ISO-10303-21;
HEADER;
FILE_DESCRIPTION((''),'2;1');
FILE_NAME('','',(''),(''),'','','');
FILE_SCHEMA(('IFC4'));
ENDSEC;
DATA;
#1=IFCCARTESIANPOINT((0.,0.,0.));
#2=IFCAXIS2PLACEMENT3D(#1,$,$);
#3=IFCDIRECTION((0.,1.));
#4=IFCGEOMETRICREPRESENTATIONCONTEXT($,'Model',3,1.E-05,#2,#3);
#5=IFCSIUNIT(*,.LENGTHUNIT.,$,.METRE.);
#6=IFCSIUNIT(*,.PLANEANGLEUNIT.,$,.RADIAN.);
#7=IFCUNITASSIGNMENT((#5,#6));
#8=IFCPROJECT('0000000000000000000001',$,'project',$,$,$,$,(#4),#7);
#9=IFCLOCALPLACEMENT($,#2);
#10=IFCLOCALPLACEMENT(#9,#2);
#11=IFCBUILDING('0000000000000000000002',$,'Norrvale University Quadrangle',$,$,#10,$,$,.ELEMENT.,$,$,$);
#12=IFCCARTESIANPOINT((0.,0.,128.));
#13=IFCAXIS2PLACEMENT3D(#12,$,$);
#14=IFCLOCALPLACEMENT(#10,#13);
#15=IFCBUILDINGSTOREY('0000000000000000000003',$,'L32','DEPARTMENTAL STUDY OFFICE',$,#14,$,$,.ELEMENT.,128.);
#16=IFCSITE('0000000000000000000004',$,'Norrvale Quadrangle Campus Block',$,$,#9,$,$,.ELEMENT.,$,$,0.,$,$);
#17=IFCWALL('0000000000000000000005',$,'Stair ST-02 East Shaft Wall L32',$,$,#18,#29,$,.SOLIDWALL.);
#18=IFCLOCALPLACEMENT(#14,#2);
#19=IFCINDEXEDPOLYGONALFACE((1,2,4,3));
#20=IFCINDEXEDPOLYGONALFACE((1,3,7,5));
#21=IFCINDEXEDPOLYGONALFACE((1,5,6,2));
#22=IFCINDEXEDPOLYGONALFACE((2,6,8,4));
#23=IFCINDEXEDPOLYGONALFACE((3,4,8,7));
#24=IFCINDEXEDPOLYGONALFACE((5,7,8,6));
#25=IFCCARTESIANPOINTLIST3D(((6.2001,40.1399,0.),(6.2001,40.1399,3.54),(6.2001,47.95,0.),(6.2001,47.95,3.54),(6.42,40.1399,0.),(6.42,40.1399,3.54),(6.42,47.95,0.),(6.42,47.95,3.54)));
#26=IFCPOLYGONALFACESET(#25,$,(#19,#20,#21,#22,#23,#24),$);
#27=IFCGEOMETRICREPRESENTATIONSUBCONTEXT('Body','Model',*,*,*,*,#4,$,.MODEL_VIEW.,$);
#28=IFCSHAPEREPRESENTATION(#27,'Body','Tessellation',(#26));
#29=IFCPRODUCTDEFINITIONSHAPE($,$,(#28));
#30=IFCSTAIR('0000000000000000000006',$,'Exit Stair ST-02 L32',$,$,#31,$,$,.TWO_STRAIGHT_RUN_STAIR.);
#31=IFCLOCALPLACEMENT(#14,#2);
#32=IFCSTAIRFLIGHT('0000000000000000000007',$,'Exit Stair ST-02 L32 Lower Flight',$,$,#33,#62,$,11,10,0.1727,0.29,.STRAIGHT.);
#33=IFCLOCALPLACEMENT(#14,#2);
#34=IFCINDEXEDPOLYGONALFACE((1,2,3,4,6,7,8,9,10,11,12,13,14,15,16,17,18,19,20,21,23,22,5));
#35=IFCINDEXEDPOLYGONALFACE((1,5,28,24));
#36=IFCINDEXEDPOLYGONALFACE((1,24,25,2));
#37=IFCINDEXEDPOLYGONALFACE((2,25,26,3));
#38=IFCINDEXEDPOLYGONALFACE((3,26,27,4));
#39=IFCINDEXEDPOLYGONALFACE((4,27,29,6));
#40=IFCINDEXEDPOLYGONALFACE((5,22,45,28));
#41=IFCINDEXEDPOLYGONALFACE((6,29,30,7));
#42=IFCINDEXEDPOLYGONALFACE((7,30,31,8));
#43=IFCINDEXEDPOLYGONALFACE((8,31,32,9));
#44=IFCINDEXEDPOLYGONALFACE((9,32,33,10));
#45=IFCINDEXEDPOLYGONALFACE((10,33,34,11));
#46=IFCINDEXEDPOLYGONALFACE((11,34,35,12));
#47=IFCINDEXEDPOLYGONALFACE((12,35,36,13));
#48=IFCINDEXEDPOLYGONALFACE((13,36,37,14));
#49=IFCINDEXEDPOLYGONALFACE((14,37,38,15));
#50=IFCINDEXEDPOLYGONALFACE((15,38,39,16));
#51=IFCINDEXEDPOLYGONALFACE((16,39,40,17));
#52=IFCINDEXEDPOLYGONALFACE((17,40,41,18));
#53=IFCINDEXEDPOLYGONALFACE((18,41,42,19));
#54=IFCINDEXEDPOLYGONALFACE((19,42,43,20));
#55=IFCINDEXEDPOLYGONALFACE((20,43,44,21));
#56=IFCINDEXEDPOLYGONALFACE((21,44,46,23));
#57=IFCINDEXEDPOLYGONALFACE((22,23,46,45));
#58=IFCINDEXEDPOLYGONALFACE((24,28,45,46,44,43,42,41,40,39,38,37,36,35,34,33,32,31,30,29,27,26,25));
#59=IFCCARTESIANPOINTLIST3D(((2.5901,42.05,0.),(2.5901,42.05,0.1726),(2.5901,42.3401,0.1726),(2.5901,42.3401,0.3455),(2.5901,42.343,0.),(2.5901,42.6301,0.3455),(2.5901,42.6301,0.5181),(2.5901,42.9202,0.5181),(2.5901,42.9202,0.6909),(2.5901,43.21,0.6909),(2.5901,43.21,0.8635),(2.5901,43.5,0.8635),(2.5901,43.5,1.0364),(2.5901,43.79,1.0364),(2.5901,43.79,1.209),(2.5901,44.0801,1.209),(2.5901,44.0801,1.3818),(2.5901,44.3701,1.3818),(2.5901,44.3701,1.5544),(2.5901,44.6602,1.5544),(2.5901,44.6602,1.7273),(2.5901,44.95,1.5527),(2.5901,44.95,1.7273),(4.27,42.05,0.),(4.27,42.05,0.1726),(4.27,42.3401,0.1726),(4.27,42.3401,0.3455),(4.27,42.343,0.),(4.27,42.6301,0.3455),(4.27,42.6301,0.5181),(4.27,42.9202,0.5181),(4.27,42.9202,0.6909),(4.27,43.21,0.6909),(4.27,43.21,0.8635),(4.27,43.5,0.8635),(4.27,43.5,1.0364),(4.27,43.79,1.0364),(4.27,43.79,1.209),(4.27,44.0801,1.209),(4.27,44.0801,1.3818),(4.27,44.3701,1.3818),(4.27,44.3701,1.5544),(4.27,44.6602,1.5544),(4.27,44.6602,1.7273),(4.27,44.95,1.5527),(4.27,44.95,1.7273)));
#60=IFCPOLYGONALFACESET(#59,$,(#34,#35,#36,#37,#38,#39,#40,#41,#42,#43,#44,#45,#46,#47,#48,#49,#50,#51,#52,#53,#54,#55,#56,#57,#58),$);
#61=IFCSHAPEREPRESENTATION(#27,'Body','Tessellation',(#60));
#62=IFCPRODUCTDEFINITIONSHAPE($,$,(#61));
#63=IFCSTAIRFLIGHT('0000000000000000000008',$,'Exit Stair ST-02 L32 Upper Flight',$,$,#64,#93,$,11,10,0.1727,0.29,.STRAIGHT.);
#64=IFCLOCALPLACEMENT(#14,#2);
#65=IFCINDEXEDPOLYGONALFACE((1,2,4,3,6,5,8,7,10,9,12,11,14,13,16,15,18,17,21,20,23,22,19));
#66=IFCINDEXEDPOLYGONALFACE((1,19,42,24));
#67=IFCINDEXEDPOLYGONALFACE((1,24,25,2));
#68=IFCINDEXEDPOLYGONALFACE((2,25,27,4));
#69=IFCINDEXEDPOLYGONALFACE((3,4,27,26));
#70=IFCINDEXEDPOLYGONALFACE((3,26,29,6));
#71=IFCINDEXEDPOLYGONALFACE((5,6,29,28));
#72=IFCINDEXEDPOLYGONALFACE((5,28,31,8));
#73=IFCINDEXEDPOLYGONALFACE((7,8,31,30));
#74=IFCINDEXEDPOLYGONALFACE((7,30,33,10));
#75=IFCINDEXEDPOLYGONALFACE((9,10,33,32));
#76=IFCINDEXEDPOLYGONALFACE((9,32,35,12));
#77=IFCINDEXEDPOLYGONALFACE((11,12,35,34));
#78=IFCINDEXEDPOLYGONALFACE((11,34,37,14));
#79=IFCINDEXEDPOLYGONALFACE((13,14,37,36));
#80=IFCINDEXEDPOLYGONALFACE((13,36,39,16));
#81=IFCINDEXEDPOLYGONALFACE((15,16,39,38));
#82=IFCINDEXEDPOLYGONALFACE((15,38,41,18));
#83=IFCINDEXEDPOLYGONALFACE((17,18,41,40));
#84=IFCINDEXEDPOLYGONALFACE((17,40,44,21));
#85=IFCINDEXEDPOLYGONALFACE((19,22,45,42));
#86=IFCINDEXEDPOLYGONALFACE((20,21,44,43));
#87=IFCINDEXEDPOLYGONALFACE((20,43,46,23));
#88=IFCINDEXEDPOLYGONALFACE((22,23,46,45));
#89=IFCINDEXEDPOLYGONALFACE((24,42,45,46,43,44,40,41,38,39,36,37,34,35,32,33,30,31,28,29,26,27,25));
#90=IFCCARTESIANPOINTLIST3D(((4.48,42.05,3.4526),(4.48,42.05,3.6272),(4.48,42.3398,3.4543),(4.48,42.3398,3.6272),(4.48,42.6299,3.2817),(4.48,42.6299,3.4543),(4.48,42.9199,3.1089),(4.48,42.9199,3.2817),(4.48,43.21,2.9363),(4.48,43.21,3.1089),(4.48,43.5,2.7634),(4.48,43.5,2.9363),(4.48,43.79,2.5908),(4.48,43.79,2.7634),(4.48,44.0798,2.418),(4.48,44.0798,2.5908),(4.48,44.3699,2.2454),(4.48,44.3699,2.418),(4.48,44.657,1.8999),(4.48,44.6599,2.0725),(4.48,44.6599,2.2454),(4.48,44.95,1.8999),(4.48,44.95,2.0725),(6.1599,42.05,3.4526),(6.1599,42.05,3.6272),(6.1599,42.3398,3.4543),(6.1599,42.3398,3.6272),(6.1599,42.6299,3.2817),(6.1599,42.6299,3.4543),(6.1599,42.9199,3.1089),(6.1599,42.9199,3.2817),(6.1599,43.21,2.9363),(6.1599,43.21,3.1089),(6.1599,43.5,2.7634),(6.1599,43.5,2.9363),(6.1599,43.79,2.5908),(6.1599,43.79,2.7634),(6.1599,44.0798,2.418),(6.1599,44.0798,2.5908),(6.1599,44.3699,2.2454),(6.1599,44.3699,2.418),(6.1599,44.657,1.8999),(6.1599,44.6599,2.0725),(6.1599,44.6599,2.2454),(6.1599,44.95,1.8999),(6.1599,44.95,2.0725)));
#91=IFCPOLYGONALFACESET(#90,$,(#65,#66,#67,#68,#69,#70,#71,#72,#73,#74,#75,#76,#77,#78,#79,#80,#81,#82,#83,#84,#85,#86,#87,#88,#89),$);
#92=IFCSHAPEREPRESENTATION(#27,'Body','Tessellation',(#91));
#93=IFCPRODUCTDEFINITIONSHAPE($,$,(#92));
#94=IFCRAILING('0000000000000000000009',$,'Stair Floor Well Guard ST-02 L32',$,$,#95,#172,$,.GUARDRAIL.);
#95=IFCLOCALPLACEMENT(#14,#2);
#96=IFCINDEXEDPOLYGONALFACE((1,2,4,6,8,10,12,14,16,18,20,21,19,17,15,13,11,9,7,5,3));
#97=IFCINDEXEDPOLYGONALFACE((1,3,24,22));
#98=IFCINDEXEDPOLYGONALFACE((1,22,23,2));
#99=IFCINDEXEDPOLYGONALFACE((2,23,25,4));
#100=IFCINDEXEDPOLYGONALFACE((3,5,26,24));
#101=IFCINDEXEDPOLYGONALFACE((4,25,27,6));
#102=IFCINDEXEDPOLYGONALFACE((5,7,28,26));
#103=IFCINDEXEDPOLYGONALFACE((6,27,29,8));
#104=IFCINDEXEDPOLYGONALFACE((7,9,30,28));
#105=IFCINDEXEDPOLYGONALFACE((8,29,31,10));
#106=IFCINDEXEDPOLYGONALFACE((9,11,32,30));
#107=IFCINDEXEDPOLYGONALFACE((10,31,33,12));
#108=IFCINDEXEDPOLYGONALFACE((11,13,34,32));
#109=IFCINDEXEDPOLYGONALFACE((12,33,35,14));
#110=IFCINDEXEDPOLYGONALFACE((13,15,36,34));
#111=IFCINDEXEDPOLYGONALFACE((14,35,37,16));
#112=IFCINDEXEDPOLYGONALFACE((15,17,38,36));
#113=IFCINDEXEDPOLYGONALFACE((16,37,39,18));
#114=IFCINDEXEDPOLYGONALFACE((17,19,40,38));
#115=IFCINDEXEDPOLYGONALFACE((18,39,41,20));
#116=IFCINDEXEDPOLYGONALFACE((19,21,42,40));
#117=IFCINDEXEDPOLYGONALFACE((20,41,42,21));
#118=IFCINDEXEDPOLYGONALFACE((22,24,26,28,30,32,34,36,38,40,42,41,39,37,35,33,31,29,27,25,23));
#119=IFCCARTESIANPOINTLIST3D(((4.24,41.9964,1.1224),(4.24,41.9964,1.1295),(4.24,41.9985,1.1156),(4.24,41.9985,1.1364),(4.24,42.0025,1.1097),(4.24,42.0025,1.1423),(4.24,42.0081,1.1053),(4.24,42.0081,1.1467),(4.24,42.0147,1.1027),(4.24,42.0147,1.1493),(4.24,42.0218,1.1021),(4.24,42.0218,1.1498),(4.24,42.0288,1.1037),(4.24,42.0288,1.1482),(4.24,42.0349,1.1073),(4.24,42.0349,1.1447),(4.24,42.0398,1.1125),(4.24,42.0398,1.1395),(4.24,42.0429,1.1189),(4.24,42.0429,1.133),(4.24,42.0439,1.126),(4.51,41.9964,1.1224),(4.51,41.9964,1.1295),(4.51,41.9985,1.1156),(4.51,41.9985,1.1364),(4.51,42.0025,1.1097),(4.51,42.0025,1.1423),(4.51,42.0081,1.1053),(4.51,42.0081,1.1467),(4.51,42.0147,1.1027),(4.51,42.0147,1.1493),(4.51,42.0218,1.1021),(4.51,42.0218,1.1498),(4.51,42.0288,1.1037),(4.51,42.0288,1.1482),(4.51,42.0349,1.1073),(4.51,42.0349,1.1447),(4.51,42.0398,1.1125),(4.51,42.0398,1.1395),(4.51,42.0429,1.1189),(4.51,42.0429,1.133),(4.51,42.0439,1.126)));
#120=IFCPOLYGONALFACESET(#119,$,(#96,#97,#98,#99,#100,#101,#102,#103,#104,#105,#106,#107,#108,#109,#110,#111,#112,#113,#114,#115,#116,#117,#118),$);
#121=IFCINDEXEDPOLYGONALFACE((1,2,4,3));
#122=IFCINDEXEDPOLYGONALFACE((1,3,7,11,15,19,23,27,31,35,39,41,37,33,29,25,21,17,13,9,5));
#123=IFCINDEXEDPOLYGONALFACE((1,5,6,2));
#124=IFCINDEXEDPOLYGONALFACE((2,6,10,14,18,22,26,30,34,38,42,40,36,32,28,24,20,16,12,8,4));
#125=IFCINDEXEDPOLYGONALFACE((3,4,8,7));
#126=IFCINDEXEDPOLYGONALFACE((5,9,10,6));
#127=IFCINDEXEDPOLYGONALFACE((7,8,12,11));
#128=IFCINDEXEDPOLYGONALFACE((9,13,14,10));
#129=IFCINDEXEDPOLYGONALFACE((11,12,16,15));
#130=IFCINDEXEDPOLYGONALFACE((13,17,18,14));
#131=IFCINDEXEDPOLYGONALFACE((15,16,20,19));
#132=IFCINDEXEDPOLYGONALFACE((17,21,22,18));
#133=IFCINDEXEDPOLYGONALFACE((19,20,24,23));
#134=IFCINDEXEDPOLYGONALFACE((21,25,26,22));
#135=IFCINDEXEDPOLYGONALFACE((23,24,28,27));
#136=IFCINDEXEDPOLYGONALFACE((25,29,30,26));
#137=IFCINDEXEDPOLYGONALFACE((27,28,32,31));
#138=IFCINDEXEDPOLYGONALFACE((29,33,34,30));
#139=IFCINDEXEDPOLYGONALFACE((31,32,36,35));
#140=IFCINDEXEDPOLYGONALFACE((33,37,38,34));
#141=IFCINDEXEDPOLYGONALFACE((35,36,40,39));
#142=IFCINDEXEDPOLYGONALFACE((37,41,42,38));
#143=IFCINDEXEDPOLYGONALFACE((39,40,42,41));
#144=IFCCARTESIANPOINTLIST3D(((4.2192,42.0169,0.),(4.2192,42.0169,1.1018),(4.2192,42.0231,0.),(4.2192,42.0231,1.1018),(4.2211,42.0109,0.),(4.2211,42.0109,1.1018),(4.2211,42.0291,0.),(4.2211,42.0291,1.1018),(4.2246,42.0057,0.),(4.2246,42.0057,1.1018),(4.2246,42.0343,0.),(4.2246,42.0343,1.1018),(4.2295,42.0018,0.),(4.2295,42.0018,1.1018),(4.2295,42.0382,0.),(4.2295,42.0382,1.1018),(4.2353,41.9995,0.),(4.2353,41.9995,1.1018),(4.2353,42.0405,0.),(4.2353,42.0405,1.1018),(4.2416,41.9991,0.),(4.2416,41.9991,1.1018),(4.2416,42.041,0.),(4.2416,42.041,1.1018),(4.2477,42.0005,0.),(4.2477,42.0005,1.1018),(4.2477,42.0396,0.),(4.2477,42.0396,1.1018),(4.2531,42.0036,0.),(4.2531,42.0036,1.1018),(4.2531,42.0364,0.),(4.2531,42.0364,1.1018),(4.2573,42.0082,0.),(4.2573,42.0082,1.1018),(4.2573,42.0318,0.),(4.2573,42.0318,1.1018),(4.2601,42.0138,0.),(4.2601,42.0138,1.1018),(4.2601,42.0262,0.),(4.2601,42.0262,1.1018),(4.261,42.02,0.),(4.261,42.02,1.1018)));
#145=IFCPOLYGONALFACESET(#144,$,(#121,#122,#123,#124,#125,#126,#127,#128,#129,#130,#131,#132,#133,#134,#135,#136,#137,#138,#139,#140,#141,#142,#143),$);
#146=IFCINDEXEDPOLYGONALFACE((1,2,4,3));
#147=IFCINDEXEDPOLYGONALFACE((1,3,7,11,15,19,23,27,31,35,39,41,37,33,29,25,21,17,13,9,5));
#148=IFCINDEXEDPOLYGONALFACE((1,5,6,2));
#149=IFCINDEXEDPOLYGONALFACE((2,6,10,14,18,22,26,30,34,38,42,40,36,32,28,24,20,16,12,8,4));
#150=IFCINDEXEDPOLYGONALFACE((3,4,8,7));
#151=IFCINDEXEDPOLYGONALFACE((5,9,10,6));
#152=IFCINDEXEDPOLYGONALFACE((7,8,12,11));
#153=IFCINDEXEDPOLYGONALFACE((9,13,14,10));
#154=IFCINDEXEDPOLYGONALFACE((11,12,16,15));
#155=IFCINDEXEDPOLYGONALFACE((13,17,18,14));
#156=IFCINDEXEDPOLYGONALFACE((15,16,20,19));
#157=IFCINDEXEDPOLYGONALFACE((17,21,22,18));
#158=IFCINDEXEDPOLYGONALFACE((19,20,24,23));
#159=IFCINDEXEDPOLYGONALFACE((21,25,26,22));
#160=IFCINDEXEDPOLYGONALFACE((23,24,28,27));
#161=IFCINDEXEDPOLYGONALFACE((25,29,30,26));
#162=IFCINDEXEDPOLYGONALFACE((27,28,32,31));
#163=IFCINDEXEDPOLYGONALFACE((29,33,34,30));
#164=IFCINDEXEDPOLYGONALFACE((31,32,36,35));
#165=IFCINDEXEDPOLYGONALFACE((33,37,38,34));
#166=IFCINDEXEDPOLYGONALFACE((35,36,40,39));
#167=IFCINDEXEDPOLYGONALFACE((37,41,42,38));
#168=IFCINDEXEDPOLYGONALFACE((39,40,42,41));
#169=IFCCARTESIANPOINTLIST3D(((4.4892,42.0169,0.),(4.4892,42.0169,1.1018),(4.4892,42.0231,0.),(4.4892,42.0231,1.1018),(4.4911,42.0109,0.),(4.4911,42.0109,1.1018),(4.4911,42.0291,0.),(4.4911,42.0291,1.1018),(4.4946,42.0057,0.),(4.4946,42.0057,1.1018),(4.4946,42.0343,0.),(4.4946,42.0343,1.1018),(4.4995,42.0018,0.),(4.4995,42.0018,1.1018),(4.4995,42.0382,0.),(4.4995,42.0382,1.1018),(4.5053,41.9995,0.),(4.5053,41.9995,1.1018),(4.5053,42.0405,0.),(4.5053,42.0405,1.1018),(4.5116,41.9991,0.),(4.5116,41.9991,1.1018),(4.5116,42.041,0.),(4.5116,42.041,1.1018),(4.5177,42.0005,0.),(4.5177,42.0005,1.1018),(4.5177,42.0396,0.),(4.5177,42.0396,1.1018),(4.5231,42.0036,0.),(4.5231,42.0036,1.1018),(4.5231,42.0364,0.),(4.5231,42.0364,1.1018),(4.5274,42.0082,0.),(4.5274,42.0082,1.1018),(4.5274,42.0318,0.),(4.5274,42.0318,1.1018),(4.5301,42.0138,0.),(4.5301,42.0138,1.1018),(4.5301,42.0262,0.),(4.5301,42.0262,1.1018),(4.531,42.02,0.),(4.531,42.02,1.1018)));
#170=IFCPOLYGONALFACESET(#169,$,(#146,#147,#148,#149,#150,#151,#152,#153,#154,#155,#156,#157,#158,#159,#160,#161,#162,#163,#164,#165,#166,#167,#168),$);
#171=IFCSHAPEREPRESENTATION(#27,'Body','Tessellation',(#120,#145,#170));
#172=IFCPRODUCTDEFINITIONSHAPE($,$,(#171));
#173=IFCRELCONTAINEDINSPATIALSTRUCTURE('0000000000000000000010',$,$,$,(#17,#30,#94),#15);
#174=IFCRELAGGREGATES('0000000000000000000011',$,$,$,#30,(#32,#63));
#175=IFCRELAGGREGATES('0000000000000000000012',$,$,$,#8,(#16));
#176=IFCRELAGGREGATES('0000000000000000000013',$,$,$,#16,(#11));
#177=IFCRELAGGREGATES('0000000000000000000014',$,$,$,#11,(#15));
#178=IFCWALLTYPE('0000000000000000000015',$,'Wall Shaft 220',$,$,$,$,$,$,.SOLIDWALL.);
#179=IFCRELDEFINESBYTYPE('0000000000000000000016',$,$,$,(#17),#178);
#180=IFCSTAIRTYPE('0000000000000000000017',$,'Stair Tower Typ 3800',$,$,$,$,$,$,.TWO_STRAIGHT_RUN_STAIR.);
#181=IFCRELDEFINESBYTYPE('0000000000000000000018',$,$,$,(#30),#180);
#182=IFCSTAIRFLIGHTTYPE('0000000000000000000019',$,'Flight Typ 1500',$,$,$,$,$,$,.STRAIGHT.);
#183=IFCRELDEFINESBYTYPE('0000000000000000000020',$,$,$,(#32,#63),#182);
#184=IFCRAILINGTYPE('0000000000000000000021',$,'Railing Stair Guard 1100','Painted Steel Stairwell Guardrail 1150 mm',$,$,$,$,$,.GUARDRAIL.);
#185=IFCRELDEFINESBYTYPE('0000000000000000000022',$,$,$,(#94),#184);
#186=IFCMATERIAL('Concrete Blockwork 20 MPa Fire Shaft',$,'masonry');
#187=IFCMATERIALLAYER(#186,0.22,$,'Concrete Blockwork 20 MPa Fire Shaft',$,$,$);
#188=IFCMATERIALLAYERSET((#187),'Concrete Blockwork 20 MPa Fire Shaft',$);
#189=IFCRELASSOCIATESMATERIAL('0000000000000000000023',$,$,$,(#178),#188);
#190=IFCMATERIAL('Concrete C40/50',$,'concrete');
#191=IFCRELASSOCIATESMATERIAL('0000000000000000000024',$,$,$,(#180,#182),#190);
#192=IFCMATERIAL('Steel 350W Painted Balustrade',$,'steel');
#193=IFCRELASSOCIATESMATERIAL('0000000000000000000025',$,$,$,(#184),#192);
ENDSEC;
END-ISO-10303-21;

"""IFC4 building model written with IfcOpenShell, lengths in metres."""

from ifc_helpers import new_model, si_unit, direction, frame, frame_2d, origin, origin_2d, place, context, subcontext, project, spatial, polyline, rectangle, circle, outline, extrude, material, layer, layer_set, type_object, element, aggregate, save


model = new_model("IFC4")

# Units and contexts
model_context = context("Model", 3, precision=1e-05, world=origin(), true_north=direction((0.0, 1.0)))
body_context = subcontext(model_context, "Body", "Model", "MODEL_VIEW")
ifc_project = project(units=[si_unit("LENGTHUNIT", "METRE"), si_unit("PLANEANGLEUNIT", "RADIAN")], contexts=[model_context])

# Site, building, storey
site_placement = place(None, origin())
site = spatial("IfcSite", under=ifc_project, at=site_placement, Name="Norrvale Quadrangle Campus Block", CompositionType="ELEMENT", RefElevation=0.0)
building_placement = place(site_placement, origin())
building = spatial("IfcBuilding", under=site, at=building_placement, Name="Norrvale University Quadrangle", CompositionType="ELEMENT")
storey_placement = place(building_placement, frame((0.0, 0.0, 128.0)))
storey = spatial("IfcBuildingStorey", under=building, at=storey_placement, Name="L32", Description="DEPARTMENTAL STUDY OFFICE", CompositionType="ELEMENT", Elevation=128.0)

# Shared definitions
ifc_material_1 = material(Name="Concrete Blockwork 20 MPa Fire Shaft", Category="masonry")
ifc_layer_1 = layer(ifc_material_1, 0.22, Name="Concrete Blockwork 20 MPa Fire Shaft")
ifc_layer_set_1 = layer_set([ifc_layer_1], Name="Concrete Blockwork 20 MPa Fire Shaft")
wall_type_1 = type_object("IfcWallType", Name="Wall Shaft 220", PredefinedType="SOLIDWALL", material=ifc_layer_set_1)

# Wall
wall_1_placement = place(storey_placement, frame((6.3101, 40.1399, 0.0), z_axis=(0.0, 0.0, 1.0), x_axis=(0.0, 1.0, 0.0)))
element("IfcWall", 1, at=wall_1_placement, inside=storey, type_object=wall_type_1, Name="Stair ST-02 East Shaft Wall L32", PredefinedType="SOLIDWALL", context=body_context, shape_type="SweptSolid", body=[
    extrude(rectangle(XDim=7.8101, YDim=0.22, at=frame_2d((3.905, 0.0))), origin(), (0.0, 0.0, 1.0), 3.54),
])

# Stair, stair flights
ifc_material_2 = material(Name="Concrete C40/50", Category="concrete")
stair_type = type_object("IfcStairType", Name="Stair Tower Typ 3800", PredefinedType="TWO_STRAIGHT_RUN_STAIR", material=ifc_material_2)
stair_placement = place(storey_placement, origin())
stair = element("IfcStair", 2, at=stair_placement, inside=storey, type_object=stair_type, Name="Exit Stair ST-02 L32", PredefinedType="TWO_STRAIGHT_RUN_STAIR")
stair_flight_type = type_object("IfcStairFlightType", Name="Flight Typ 1500", PredefinedType="STRAIGHT", material=ifc_material_2)
stair_flight_1_placement = place(storey_placement, frame((3.4299, 42.05, 0.0), z_axis=(0.0, 0.0, 1.0), x_axis=(0.0, 1.0, 0.0)))
stair_flight_1 = element("IfcStairFlight", 3, at=stair_flight_1_placement, type_object=stair_flight_type, Name="Exit Stair ST-02 L32 Lower Flight", NumberOfRisers=11, NumberOfTreads=10, PredefinedType="STRAIGHT", RiserHeight=0.1727, TreadLength=0.29, context=body_context, shape_type="SweptSolid", body=[
    extrude(outline(polyline([(0.0, 0.0), (0.0, 0.1726), (0.29, 0.1726), (0.29, 0.3455), (0.5801, 0.3455), (0.5801, 0.5181), (0.8701, 0.5181), (0.8701, 0.6909), (1.1599, 0.6909), (1.1599, 0.8635), (1.45, 0.8635), (1.45, 1.0364), (1.74, 1.0364), (1.74, 1.209), (2.03, 1.209), (2.03, 1.3818), (2.3201, 1.3818), (2.3201, 1.5544), (2.6101, 1.5544), (2.6101, 1.7273), (2.8999, 1.7273), (2.8999, 1.8999), (2.8999, 1.5527), (0.293, 0.0), (0.0, 0.0)])), frame((0.0, 0.8398, 0.0), z_axis=(0.0, -1.0, 0.0), x_axis=(1.0, 0.0, 0.0)), (0.0, 0.0, 1.0), 1.6799),
])
stair_flight_2_placement = place(storey_placement, frame((5.3201, 44.95, 1.8999), z_axis=(0.0, 0.0, 1.0), x_axis=(0.0, -1.0, 0.0)))
stair_flight_2 = element("IfcStairFlight", 4, at=stair_flight_2_placement, type_object=stair_flight_type, Name="Exit Stair ST-02 L32 Upper Flight", NumberOfRisers=11, NumberOfTreads=10, PredefinedType="STRAIGHT", RiserHeight=0.1727, TreadLength=0.29, context=body_context, shape_type="SweptSolid", body=[
    extrude(outline(polyline([(0.0, 0.0), (0.0, 0.1726), (0.29, 0.1726), (0.29, 0.3455), (0.5801, 0.3455), (0.5801, 0.5181), (0.8701, 0.5181), (0.8701, 0.6909), (1.1599, 0.6909), (1.1599, 0.8635), (1.45, 0.8635), (1.45, 1.0364), (1.74, 1.0364), (1.74, 1.209), (2.03, 1.209), (2.03, 1.3818), (2.3201, 1.3818), (2.3201, 1.5544), (2.6101, 1.5544), (2.6101, 1.7273), (2.8999, 1.7273), (2.8999, 1.8999), (2.8999, 1.5527), (0.293, 0.0), (0.0, 0.0)])), frame((0.0, 0.8398, 0.0), z_axis=(0.0, -1.0, 0.0), x_axis=(1.0, 0.0, 0.0)), (0.0, 0.0, 1.0), 1.6799),
])
aggregate(stair, [stair_flight_1, stair_flight_2])

# Railing
ifc_material_3 = material(Name="Steel 350W Painted Balustrade", Category="steel")
railing_type_1 = type_object("IfcRailingType", Name="Railing Stair Guard 1100", Description="Painted Steel Stairwell Guardrail 1150 mm", PredefinedType="GUARDRAIL", material=ifc_material_3)
for number, where, name in (
    (5, (4.24, 42.02, 0.0), "Stair Floor Well Guard ST-02 L32"),
):
    element("IfcRailing", number, at=place(storey_placement, frame(where)), inside=storey, type_object=railing_type_1, Name=name, PredefinedType="GUARDRAIL", context=body_context, shape_type="SweptSolid", body=[
        extrude(circle(Radius=0.0239, at=origin_2d()), frame((0.0, 0.0, 1.126), z_axis=(1.0, 0.0, 0.0), x_axis=(0.0, 1.0, 0.0)), (0.0, 0.0, 1.0), 0.27),
        extrude(circle(Radius=0.021, at=origin_2d()), origin(), (0.0, 0.0, 1.0), 1.1018),
        extrude(circle(Radius=0.021, at=origin_2d()), frame((0.27, 0.0, 0.0)), (0.0, 0.0, 1.0), 1.1018),
    ])

save(model, "model.ifc")
